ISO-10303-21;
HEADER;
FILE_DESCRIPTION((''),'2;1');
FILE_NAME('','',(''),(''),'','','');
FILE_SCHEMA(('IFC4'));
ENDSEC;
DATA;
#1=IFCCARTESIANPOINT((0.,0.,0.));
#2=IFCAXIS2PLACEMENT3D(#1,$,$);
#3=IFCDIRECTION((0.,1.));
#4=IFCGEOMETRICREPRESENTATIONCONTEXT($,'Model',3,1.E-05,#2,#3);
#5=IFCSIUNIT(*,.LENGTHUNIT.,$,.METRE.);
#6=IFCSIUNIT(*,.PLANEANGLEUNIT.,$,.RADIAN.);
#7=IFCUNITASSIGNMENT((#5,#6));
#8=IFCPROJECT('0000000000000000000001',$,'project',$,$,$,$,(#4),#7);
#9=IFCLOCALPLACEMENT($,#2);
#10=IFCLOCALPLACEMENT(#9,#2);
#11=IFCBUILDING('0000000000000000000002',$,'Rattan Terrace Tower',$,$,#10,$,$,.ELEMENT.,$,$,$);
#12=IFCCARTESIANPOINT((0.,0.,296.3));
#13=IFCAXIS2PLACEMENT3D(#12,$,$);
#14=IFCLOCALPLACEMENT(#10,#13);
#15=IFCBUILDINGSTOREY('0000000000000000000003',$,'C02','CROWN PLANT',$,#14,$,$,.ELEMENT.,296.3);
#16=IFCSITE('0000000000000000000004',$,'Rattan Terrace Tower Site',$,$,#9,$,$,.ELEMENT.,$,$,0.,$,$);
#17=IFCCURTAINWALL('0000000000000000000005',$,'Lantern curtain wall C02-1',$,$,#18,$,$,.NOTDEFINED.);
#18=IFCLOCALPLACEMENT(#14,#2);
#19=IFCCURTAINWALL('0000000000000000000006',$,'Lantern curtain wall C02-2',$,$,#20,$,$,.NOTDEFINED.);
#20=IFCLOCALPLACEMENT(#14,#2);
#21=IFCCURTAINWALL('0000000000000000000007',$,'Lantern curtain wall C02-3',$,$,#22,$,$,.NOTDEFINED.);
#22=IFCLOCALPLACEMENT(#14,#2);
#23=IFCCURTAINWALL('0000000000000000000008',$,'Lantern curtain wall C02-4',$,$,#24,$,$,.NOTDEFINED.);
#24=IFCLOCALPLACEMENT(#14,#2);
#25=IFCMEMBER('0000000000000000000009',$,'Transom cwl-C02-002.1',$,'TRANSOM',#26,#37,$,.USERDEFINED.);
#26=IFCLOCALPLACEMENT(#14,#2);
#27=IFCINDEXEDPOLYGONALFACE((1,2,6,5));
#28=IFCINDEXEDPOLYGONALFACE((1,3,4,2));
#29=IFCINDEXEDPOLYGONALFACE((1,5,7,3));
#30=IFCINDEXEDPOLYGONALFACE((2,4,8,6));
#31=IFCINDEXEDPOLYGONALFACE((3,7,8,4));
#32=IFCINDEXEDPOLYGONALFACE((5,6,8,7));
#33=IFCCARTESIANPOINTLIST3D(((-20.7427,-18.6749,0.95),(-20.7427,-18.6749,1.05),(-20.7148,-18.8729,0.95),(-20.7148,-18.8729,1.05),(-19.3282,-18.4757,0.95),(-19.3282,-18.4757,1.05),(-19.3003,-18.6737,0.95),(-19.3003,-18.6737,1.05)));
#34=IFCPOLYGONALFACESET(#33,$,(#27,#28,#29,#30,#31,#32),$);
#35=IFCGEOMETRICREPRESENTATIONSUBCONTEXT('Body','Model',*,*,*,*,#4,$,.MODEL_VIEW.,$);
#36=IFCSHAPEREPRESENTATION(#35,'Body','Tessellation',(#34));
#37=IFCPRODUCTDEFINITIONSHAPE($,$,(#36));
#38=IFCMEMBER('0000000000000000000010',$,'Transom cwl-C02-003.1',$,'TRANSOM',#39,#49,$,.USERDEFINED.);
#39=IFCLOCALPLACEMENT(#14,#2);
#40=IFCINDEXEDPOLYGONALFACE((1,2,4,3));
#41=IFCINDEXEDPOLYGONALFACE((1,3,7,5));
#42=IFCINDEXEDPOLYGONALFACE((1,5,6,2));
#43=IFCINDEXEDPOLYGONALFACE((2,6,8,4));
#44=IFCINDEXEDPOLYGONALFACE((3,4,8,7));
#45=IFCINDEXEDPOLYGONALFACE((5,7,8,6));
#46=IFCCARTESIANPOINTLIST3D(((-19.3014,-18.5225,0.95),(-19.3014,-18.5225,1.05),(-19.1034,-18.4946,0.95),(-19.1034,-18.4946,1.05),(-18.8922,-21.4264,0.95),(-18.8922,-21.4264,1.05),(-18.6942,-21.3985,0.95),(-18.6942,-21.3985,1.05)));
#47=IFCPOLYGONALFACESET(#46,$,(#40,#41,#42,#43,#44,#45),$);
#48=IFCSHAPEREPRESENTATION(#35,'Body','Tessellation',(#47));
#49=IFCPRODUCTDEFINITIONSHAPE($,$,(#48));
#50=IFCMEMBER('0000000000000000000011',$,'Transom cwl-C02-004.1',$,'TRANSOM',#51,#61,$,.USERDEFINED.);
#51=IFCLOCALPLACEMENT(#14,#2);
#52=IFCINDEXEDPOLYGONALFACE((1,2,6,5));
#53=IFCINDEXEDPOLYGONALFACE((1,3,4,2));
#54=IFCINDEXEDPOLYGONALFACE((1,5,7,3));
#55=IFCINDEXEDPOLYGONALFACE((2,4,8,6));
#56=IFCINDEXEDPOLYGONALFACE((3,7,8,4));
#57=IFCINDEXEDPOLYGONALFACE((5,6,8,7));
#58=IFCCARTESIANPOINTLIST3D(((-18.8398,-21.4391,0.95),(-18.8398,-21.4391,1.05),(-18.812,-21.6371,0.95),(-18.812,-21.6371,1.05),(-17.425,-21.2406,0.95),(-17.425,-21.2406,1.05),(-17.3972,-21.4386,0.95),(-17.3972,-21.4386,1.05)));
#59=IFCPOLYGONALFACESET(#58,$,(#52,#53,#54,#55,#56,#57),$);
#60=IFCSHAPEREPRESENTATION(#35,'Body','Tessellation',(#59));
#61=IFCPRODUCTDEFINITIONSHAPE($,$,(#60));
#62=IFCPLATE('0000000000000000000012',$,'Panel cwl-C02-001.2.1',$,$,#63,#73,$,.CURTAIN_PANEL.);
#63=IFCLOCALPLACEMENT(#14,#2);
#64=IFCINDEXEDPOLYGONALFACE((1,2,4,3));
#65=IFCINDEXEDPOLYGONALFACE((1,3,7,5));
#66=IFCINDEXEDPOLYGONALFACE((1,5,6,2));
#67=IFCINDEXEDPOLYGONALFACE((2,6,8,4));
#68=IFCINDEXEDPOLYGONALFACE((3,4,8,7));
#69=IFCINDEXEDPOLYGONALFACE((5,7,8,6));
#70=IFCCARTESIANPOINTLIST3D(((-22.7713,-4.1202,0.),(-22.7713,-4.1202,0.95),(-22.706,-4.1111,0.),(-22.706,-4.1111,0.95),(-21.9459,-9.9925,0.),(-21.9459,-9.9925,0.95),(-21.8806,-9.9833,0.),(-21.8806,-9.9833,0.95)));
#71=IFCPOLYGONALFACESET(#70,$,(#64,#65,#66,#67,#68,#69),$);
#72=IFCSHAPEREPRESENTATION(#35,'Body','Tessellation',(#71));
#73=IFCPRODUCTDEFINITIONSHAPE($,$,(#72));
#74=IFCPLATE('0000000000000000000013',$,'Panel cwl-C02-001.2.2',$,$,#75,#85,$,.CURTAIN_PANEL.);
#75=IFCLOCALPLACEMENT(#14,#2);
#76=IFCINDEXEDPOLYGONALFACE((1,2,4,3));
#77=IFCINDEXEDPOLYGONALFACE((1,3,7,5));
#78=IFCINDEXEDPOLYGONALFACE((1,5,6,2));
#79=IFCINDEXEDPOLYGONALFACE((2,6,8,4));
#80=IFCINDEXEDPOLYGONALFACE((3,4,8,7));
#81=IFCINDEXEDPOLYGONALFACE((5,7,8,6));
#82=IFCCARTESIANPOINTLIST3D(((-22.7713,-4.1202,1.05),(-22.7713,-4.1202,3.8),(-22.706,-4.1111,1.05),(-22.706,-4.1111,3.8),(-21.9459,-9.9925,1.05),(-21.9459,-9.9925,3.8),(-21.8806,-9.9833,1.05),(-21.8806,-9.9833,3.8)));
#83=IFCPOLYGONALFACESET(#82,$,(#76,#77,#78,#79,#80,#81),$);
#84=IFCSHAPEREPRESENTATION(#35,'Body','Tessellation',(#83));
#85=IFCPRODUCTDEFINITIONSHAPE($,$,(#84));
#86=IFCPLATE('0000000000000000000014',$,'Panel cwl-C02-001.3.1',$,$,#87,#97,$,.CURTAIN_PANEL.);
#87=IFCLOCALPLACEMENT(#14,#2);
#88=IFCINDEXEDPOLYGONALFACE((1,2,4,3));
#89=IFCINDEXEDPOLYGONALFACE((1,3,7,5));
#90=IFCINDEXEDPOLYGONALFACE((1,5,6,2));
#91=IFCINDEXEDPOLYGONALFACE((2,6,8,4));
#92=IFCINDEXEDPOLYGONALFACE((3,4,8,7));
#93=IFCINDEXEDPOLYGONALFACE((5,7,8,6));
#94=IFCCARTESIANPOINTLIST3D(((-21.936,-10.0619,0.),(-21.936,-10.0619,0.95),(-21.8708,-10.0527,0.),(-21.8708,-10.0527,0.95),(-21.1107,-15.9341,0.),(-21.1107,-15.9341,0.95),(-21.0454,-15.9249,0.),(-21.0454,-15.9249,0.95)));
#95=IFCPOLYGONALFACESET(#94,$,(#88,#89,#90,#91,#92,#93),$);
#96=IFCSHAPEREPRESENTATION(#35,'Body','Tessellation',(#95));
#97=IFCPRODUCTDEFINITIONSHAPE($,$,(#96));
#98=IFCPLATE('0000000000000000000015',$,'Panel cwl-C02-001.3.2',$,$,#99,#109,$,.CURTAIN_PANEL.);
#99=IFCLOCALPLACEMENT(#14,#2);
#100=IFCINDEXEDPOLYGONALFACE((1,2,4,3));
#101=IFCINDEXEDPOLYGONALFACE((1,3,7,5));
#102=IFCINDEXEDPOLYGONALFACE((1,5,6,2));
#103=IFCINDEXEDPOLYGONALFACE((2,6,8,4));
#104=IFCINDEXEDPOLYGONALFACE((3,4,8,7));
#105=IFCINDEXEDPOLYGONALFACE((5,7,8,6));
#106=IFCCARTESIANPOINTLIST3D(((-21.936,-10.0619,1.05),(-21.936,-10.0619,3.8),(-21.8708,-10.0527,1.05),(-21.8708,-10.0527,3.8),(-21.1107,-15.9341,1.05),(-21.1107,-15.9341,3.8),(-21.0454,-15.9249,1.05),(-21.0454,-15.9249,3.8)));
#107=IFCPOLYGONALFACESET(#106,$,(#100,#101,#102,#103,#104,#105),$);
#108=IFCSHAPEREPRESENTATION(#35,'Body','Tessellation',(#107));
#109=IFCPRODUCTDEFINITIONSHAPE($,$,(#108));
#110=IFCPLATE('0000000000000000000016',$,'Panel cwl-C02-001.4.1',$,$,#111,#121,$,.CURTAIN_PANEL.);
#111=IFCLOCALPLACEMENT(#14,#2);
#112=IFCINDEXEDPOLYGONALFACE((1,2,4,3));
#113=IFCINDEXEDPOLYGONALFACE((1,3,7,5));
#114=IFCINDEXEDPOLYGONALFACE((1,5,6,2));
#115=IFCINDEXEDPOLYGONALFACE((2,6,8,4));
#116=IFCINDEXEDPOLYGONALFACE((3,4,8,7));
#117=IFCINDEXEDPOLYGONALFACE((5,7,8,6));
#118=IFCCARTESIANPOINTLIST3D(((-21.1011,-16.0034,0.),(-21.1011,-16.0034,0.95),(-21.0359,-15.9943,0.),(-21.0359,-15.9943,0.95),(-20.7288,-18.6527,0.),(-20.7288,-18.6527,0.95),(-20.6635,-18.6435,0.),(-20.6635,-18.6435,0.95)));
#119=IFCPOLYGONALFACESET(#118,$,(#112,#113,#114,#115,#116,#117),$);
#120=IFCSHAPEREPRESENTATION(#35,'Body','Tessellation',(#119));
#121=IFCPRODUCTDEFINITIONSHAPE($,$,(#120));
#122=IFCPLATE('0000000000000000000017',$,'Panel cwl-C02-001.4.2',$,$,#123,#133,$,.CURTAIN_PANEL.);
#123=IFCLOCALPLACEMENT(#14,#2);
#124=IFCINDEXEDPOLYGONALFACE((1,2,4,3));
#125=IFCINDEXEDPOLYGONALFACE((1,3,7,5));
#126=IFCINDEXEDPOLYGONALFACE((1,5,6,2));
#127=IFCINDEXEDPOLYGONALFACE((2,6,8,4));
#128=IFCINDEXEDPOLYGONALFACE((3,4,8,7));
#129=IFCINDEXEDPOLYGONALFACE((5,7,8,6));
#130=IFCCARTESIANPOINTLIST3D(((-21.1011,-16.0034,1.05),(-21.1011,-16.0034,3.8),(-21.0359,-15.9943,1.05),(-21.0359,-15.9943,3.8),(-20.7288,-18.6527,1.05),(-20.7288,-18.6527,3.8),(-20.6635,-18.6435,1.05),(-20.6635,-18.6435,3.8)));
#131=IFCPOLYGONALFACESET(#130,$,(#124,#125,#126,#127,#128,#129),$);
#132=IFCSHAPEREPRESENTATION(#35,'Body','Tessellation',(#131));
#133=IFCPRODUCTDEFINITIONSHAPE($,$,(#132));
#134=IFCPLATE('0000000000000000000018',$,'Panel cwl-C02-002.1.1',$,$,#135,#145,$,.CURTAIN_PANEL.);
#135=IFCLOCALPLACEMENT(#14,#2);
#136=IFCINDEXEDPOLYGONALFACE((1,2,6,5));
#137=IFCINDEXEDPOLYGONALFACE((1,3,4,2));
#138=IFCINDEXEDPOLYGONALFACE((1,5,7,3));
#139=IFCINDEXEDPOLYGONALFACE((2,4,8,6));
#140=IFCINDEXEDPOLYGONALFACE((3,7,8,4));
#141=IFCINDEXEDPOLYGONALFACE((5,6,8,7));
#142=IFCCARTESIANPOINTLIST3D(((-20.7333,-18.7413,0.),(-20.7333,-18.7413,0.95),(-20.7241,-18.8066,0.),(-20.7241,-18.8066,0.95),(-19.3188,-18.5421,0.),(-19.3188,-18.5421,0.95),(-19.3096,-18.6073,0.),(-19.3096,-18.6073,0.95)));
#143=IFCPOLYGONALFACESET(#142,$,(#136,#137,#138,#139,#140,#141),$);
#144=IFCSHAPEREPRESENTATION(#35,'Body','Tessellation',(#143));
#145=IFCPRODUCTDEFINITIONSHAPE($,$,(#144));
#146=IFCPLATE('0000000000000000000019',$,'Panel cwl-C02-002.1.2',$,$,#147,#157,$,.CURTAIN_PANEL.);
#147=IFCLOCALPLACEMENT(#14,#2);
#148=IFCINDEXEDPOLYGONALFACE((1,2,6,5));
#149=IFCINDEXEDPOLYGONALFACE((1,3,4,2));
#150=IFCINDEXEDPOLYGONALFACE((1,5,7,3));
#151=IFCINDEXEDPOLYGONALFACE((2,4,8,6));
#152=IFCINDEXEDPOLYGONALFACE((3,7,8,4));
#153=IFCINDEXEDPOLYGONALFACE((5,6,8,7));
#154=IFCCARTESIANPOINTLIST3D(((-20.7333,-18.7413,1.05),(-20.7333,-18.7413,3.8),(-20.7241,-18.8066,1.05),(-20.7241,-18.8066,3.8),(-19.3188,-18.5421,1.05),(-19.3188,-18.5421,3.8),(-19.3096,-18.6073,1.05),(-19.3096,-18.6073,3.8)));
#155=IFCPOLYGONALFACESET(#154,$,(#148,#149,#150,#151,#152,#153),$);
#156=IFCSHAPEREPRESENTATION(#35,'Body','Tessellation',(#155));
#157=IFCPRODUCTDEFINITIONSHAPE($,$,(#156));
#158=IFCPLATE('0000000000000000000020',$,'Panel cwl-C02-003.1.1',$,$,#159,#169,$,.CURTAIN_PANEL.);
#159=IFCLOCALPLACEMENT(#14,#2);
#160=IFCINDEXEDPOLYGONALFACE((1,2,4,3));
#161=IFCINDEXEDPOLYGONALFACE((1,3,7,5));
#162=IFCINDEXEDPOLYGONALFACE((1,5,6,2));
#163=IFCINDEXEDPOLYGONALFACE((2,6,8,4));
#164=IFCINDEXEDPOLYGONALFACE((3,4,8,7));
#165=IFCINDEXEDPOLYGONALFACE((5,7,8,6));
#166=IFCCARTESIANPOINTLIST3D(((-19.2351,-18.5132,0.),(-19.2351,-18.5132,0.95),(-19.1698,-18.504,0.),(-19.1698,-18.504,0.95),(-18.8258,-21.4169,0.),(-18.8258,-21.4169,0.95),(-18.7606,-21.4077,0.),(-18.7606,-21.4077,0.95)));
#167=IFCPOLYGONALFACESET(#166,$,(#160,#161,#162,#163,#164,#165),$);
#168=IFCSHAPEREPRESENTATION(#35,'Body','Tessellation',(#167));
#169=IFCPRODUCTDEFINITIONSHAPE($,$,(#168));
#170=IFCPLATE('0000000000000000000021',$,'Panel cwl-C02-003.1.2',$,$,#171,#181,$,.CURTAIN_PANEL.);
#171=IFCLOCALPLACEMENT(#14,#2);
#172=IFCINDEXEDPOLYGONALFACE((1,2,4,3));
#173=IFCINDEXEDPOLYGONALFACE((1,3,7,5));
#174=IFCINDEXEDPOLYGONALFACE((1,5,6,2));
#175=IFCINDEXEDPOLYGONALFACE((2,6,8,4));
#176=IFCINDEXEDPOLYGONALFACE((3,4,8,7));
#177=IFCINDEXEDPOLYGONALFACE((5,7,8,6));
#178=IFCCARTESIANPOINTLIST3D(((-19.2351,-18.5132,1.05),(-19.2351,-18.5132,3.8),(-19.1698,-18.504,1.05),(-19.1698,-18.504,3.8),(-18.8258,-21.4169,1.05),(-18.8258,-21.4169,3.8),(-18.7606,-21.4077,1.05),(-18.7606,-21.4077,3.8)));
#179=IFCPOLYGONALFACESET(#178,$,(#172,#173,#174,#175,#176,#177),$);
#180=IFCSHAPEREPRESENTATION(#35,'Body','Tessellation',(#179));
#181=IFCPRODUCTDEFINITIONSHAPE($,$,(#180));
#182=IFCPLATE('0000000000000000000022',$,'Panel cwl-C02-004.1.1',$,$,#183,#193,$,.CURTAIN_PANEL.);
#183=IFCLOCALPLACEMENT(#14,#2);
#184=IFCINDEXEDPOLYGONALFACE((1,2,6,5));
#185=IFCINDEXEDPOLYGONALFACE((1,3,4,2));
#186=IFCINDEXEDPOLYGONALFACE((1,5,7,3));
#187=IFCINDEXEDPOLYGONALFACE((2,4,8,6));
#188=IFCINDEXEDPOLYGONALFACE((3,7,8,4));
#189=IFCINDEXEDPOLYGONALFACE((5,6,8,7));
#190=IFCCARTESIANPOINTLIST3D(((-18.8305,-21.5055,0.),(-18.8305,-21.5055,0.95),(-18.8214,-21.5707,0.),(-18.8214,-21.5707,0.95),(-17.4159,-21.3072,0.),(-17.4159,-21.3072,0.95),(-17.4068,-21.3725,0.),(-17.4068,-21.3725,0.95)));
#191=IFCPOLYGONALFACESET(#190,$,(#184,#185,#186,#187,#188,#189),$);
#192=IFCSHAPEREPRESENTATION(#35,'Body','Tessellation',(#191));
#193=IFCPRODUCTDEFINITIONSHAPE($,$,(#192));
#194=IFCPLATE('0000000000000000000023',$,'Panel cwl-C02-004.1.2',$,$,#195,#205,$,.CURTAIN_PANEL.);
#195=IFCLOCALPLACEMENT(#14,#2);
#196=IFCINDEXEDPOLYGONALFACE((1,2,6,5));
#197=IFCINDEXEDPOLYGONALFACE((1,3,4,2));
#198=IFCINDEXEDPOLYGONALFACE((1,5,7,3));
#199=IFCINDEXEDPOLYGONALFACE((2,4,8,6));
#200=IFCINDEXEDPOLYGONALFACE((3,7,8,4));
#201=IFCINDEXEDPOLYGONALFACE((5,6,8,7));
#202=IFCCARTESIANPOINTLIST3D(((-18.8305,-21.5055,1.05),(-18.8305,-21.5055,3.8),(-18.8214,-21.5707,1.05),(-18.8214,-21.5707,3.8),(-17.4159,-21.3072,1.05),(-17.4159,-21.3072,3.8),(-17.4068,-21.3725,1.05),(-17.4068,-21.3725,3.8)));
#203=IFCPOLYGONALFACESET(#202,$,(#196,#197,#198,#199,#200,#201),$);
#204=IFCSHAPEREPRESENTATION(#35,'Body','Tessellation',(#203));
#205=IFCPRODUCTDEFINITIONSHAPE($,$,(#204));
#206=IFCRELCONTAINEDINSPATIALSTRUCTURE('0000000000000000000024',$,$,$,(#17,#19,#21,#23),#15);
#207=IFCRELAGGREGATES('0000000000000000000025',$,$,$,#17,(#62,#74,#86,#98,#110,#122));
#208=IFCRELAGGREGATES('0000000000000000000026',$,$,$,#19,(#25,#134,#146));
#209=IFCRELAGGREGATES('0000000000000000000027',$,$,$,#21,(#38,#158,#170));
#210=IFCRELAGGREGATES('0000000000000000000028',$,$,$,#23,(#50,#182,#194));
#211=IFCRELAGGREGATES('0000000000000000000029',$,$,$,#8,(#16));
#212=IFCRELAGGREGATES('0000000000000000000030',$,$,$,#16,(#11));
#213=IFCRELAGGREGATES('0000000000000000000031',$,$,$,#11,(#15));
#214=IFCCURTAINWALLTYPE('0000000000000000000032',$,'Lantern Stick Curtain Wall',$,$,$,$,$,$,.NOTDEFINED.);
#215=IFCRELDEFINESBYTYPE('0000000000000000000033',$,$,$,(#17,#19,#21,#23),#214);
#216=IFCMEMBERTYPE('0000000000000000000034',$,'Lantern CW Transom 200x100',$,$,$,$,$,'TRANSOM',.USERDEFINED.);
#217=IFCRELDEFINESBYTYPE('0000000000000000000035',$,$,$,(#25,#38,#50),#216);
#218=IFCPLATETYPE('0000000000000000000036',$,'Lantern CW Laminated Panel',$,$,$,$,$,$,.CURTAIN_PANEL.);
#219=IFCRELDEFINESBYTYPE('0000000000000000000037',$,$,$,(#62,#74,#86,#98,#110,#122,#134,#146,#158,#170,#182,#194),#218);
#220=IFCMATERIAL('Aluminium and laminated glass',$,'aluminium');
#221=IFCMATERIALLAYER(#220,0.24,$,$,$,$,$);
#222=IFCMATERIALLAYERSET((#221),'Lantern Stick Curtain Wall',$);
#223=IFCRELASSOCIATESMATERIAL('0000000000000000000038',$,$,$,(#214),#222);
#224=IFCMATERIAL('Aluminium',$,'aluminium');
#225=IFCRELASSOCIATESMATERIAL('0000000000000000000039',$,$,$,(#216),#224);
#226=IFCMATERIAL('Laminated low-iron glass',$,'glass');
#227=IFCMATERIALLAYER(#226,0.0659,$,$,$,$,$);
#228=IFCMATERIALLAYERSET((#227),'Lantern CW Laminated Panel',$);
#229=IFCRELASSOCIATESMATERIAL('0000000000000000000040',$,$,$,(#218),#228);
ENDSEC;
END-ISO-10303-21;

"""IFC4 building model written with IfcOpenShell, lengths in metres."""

from ifc_helpers import new_model, si_unit, direction, frame, origin, origin_2d, place, context, subcontext, project, spatial, rectangle, extrude, material, layer, layer_set, material_profile, profile_set, type_object, element, aggregate, save


model = new_model("IFC4")

# Units and contexts
model_context = context("Model", 3, precision=1e-05, world=origin(), true_north=direction((0.0, 1.0)))
body_context = subcontext(model_context, "Body", "Model", "MODEL_VIEW")
ifc_project = project(units=[si_unit("LENGTHUNIT", "METRE"), si_unit("PLANEANGLEUNIT", "RADIAN")], contexts=[model_context])

# Site, building, storey
site_placement = place(None, origin())
site = spatial("IfcSite", under=ifc_project, at=site_placement, Name="Rattan Terrace Tower Site", CompositionType="ELEMENT", RefElevation=0.0)
building_placement = place(site_placement, origin())
building = spatial("IfcBuilding", under=site, at=building_placement, Name="Rattan Terrace Tower", CompositionType="ELEMENT")
storey_placement = place(building_placement, frame((0.0, 0.0, 296.3)))
storey = spatial("IfcBuildingStorey", under=building, at=storey_placement, Name="C02", Description="CROWN PLANT", CompositionType="ELEMENT", Elevation=296.3)

# Curtain wall
ifc_material_1 = material(Name="Aluminium and laminated glass", Category="aluminium")
ifc_layer_1 = layer(ifc_material_1, 0.24)
ifc_layer_set_1 = layer_set([ifc_layer_1], Name="Lantern Stick Curtain Wall")
curtain_wall_type = type_object("IfcCurtainWallType", Name="Lantern Stick Curtain Wall", PredefinedType="NOTDEFINED", material=ifc_layer_set_1)
curtain_wall_1_placement = place(storey_placement, origin())
curtain_wall_1 = element("IfcCurtainWall", 1, at=curtain_wall_1_placement, inside=storey, type_object=curtain_wall_type, Name="Lantern curtain wall C02-1", PredefinedType="NOTDEFINED")

# Curtain walls
curtain_wall_2_placement = place(storey_placement, origin())
curtain_wall_2 = element("IfcCurtainWall", 2, at=curtain_wall_2_placement, inside=storey, type_object=curtain_wall_type, Name="Lantern curtain wall C02-2", PredefinedType="NOTDEFINED")
curtain_wall_3_placement = place(storey_placement, origin())
curtain_wall_3 = element("IfcCurtainWall", 3, at=curtain_wall_3_placement, inside=storey, type_object=curtain_wall_type, Name="Lantern curtain wall C02-3", PredefinedType="NOTDEFINED")
curtain_wall_4_placement = place(storey_placement, origin())
curtain_wall_4 = element("IfcCurtainWall", 4, at=curtain_wall_4_placement, inside=storey, type_object=curtain_wall_type, Name="Lantern curtain wall C02-4", PredefinedType="NOTDEFINED")

# Members
ifc_material_2 = material(Name="Aluminium", Category="aluminium")
ifc_material_profile_1 = material_profile(ifc_material_2, rectangle(XDim=0.2, YDim=0.1001, at=origin_2d()), Name="Aluminium 200x100")
ifc_profile_set_1 = profile_set([ifc_material_profile_1], Name="Aluminium")
member_type_1 = type_object("IfcMemberType", Name="Lantern CW Transom 200x100", ElementType="TRANSOM", PredefinedType="USERDEFINED", material=ifc_profile_set_1)
member_1_placement = place(storey_placement, frame((-20.7288, -18.7739, 1.0), z_axis=(0.990228, 0.139459, 0.0), x_axis=(-0.139459, 0.990228, 0.0)))
member_1 = element("IfcMember", 5, at=member_1_placement, type_object=member_type_1, Name="Transom cwl-C02-002.1", ObjectType="TRANSOM", PredefinedType="USERDEFINED", context=body_context, shape_type="SweptSolid", body=[
    extrude(rectangle(XDim=0.2, YDim=0.1001, at=origin_2d()), origin(), (0.0, 0.0, 1.0), 1.4285),
])
member_2_placement = place(storey_placement, frame((-19.2024, -18.5085, 1.0), z_axis=(0.139533, -0.990217, 0.0), x_axis=(0.990217, 0.139533, 0.0)))
member_2 = element("IfcMember", 6, at=member_2_placement, type_object=member_type_1, Name="Transom cwl-C02-003.1", ObjectType="TRANSOM", PredefinedType="USERDEFINED", context=body_context, shape_type="SweptSolid", body=[
    extrude(rectangle(XDim=0.2, YDim=0.1001, at=origin_2d()), origin(), (0.0, 0.0, 1.0), 2.9326),
])
member_3_placement = place(storey_placement, frame((-18.8259, -21.5381, 1.0), z_axis=(0.990302, 0.138933, 0.0), x_axis=(-0.138933, 0.990302, 0.0)))
member_3 = element("IfcMember", 7, at=member_3_placement, type_object=member_type_1, Name="Transom cwl-C02-004.1", ObjectType="TRANSOM", PredefinedType="USERDEFINED", context=body_context, shape_type="SweptSolid", body=[
    extrude(rectangle(XDim=0.2, YDim=0.1001, at=origin_2d()), origin(), (0.0, 0.0, 1.0), 1.4287),
])

# Plates
ifc_material_3 = material(Name="Laminated low-iron glass", Category="glass")
ifc_layer_2 = layer(ifc_material_3, 0.0659)
ifc_layer_set_2 = layer_set([ifc_layer_2], Name="Lantern CW Laminated Panel")
plate_type = type_object("IfcPlateType", Name="Lantern CW Laminated Panel", PredefinedType="CURTAIN_PANEL", material=ifc_layer_set_2)
plate_1_placement = place(storey_placement, frame((-22.3259, -7.0518, 0.0), z_axis=(0.0, 0.0, 1.0), x_axis=(0.139188, -0.990266, 0.0)))
plate_1 = element("IfcPlate", 8, at=plate_1_placement, type_object=plate_type, Name="Panel cwl-C02-001.2.1", PredefinedType="CURTAIN_PANEL", context=body_context, shape_type="SweptSolid", body=[
    extrude(rectangle(XDim=5.9299, YDim=0.0659, at=origin_2d()), origin(), (0.0, 0.0, 1.0), 0.95),
])
plate_2_placement = place(storey_placement, frame((-22.3259, -7.0518, 1.05), z_axis=(0.0, 0.0, 1.0), x_axis=(0.139188, -0.990266, 0.0)))
plate_2 = element("IfcPlate", 9, at=plate_2_placement, type_object=plate_type, Name="Panel cwl-C02-001.2.2", PredefinedType="CURTAIN_PANEL", context=body_context, shape_type="SweptSolid", body=[
    extrude(rectangle(XDim=5.9299, YDim=0.0659, at=origin_2d()), origin(), (0.0, 0.0, 1.0), 2.75),
])
plate_3_placement = place(storey_placement, frame((-21.4907, -12.9934, 0.0), z_axis=(0.0, 0.0, 1.0), x_axis=(0.139188, -0.990266, 0.0)))
plate_3 = element("IfcPlate", 10, at=plate_3_placement, type_object=plate_type, Name="Panel cwl-C02-001.3.1", PredefinedType="CURTAIN_PANEL", context=body_context, shape_type="SweptSolid", body=[
    extrude(rectangle(XDim=5.9299, YDim=0.0659, at=origin_2d()), origin(), (0.0, 0.0, 1.0), 0.95),
])
plate_4_placement = place(storey_placement, frame((-21.4907, -12.9934, 1.05), z_axis=(0.0, 0.0, 1.0), x_axis=(0.139188, -0.990266, 0.0)))
plate_4 = element("IfcPlate", 11, at=plate_4_placement, type_object=plate_type, Name="Panel cwl-C02-001.3.2", PredefinedType="CURTAIN_PANEL", context=body_context, shape_type="SweptSolid", body=[
    extrude(rectangle(XDim=5.9299, YDim=0.0659, at=origin_2d()), origin(), (0.0, 0.0, 1.0), 2.75),
])
plate_5_placement = place(storey_placement, frame((-20.8823, -17.3235, 0.0), z_axis=(0.0, 0.0, 1.0), x_axis=(0.139188, -0.990266, 0.0)))
plate_5 = element("IfcPlate", 12, at=plate_5_placement, type_object=plate_type, Name="Panel cwl-C02-001.4.1", PredefinedType="CURTAIN_PANEL", context=body_context, shape_type="SweptSolid", body=[
    extrude(rectangle(XDim=2.6753, YDim=0.0659, at=origin_2d()), origin(), (0.0, 0.0, 1.0), 0.95),
])
plate_6_placement = place(storey_placement, frame((-20.8823, -17.3235, 1.05), z_axis=(0.0, 0.0, 1.0), x_axis=(0.139188, -0.990266, 0.0)))
plate_6 = element("IfcPlate", 13, at=plate_6_placement, type_object=plate_type, Name="Panel cwl-C02-001.4.2", PredefinedType="CURTAIN_PANEL", context=body_context, shape_type="SweptSolid", body=[
    extrude(rectangle(XDim=2.6753, YDim=0.0659, at=origin_2d()), origin(), (0.0, 0.0, 1.0), 2.75),
])
aggregate(curtain_wall_1, [plate_1, plate_2, plate_3, plate_4, plate_5, plate_6])
plate_7_placement = place(storey_placement, frame((-20.0215, -18.6743, 0.0), z_axis=(0.0, 0.0, 1.0), x_axis=(0.990228, 0.139459, 0.0)))
plate_7 = element("IfcPlate", 14, at=plate_7_placement, type_object=plate_type, Name="Panel cwl-C02-002.1.1", PredefinedType="CURTAIN_PANEL", context=body_context, shape_type="SweptSolid", body=[
    extrude(rectangle(XDim=1.4285, YDim=0.0659, at=origin_2d()), origin(), (0.0, 0.0, 1.0), 0.95),
])
plate_8_placement = place(storey_placement, frame((-20.0215, -18.6743, 1.05), z_axis=(0.0, 0.0, 1.0), x_axis=(0.990228, 0.139459, 0.0)))
plate_8 = element("IfcPlate", 15, at=plate_8_placement, type_object=plate_type, Name="Panel cwl-C02-002.1.2", PredefinedType="CURTAIN_PANEL", context=body_context, shape_type="SweptSolid", body=[
    extrude(rectangle(XDim=1.4285, YDim=0.0659, at=origin_2d()), origin(), (0.0, 0.0, 1.0), 2.75),
])
aggregate(curtain_wall_2, [member_1, plate_7, plate_8])
plate_9_placement = place(storey_placement, frame((-18.9978, -19.9604, 0.0), z_axis=(0.0, 0.0, 1.0), x_axis=(0.139556, -0.990214, 0.0)))
plate_9 = element("IfcPlate", 16, at=plate_9_placement, type_object=plate_type, Name="Panel cwl-C02-003.1.1", PredefinedType="CURTAIN_PANEL", context=body_context, shape_type="SweptSolid", body=[
    extrude(rectangle(XDim=2.9324, YDim=0.0659, at=origin_2d()), origin(), (0.0, 0.0, 1.0), 0.95),
])
plate_10_placement = place(storey_placement, frame((-18.9978, -19.9604, 1.05), z_axis=(0.0, 0.0, 1.0), x_axis=(0.139556, -0.990214, 0.0)))
plate_10 = element("IfcPlate", 17, at=plate_10_placement, type_object=plate_type, Name="Panel cwl-C02-003.1.2", PredefinedType="CURTAIN_PANEL", context=body_context, shape_type="SweptSolid", body=[
    extrude(rectangle(XDim=2.9324, YDim=0.0659, at=origin_2d()), origin(), (0.0, 0.0, 1.0), 2.75),
])
aggregate(curtain_wall_3, [member_2, plate_9, plate_10])
plate_11_placement = place(storey_placement, frame((-18.1187, -21.439, 0.0), z_axis=(0.0, 0.0, 1.0), x_axis=(0.99032, 0.138805, 0.0)))
plate_11 = element("IfcPlate", 18, at=plate_11_placement, type_object=plate_type, Name="Panel cwl-C02-004.1.1", PredefinedType="CURTAIN_PANEL", context=body_context, shape_type="SweptSolid", body=[
    extrude(rectangle(XDim=1.4285, YDim=0.0659, at=origin_2d()), origin(), (0.0, 0.0, 1.0), 0.95),
])
plate_12_placement = place(storey_placement, frame((-18.1187, -21.439, 1.05), z_axis=(0.0, 0.0, 1.0), x_axis=(0.99032, 0.138805, 0.0)))
plate_12 = element("IfcPlate", 19, at=plate_12_placement, type_object=plate_type, Name="Panel cwl-C02-004.1.2", PredefinedType="CURTAIN_PANEL", context=body_context, shape_type="SweptSolid", body=[
    extrude(rectangle(XDim=1.4285, YDim=0.0659, at=origin_2d()), origin(), (0.0, 0.0, 1.0), 2.75),
])
aggregate(curtain_wall_4, [member_3, plate_11, plate_12])

save(model, "model.ifc")
